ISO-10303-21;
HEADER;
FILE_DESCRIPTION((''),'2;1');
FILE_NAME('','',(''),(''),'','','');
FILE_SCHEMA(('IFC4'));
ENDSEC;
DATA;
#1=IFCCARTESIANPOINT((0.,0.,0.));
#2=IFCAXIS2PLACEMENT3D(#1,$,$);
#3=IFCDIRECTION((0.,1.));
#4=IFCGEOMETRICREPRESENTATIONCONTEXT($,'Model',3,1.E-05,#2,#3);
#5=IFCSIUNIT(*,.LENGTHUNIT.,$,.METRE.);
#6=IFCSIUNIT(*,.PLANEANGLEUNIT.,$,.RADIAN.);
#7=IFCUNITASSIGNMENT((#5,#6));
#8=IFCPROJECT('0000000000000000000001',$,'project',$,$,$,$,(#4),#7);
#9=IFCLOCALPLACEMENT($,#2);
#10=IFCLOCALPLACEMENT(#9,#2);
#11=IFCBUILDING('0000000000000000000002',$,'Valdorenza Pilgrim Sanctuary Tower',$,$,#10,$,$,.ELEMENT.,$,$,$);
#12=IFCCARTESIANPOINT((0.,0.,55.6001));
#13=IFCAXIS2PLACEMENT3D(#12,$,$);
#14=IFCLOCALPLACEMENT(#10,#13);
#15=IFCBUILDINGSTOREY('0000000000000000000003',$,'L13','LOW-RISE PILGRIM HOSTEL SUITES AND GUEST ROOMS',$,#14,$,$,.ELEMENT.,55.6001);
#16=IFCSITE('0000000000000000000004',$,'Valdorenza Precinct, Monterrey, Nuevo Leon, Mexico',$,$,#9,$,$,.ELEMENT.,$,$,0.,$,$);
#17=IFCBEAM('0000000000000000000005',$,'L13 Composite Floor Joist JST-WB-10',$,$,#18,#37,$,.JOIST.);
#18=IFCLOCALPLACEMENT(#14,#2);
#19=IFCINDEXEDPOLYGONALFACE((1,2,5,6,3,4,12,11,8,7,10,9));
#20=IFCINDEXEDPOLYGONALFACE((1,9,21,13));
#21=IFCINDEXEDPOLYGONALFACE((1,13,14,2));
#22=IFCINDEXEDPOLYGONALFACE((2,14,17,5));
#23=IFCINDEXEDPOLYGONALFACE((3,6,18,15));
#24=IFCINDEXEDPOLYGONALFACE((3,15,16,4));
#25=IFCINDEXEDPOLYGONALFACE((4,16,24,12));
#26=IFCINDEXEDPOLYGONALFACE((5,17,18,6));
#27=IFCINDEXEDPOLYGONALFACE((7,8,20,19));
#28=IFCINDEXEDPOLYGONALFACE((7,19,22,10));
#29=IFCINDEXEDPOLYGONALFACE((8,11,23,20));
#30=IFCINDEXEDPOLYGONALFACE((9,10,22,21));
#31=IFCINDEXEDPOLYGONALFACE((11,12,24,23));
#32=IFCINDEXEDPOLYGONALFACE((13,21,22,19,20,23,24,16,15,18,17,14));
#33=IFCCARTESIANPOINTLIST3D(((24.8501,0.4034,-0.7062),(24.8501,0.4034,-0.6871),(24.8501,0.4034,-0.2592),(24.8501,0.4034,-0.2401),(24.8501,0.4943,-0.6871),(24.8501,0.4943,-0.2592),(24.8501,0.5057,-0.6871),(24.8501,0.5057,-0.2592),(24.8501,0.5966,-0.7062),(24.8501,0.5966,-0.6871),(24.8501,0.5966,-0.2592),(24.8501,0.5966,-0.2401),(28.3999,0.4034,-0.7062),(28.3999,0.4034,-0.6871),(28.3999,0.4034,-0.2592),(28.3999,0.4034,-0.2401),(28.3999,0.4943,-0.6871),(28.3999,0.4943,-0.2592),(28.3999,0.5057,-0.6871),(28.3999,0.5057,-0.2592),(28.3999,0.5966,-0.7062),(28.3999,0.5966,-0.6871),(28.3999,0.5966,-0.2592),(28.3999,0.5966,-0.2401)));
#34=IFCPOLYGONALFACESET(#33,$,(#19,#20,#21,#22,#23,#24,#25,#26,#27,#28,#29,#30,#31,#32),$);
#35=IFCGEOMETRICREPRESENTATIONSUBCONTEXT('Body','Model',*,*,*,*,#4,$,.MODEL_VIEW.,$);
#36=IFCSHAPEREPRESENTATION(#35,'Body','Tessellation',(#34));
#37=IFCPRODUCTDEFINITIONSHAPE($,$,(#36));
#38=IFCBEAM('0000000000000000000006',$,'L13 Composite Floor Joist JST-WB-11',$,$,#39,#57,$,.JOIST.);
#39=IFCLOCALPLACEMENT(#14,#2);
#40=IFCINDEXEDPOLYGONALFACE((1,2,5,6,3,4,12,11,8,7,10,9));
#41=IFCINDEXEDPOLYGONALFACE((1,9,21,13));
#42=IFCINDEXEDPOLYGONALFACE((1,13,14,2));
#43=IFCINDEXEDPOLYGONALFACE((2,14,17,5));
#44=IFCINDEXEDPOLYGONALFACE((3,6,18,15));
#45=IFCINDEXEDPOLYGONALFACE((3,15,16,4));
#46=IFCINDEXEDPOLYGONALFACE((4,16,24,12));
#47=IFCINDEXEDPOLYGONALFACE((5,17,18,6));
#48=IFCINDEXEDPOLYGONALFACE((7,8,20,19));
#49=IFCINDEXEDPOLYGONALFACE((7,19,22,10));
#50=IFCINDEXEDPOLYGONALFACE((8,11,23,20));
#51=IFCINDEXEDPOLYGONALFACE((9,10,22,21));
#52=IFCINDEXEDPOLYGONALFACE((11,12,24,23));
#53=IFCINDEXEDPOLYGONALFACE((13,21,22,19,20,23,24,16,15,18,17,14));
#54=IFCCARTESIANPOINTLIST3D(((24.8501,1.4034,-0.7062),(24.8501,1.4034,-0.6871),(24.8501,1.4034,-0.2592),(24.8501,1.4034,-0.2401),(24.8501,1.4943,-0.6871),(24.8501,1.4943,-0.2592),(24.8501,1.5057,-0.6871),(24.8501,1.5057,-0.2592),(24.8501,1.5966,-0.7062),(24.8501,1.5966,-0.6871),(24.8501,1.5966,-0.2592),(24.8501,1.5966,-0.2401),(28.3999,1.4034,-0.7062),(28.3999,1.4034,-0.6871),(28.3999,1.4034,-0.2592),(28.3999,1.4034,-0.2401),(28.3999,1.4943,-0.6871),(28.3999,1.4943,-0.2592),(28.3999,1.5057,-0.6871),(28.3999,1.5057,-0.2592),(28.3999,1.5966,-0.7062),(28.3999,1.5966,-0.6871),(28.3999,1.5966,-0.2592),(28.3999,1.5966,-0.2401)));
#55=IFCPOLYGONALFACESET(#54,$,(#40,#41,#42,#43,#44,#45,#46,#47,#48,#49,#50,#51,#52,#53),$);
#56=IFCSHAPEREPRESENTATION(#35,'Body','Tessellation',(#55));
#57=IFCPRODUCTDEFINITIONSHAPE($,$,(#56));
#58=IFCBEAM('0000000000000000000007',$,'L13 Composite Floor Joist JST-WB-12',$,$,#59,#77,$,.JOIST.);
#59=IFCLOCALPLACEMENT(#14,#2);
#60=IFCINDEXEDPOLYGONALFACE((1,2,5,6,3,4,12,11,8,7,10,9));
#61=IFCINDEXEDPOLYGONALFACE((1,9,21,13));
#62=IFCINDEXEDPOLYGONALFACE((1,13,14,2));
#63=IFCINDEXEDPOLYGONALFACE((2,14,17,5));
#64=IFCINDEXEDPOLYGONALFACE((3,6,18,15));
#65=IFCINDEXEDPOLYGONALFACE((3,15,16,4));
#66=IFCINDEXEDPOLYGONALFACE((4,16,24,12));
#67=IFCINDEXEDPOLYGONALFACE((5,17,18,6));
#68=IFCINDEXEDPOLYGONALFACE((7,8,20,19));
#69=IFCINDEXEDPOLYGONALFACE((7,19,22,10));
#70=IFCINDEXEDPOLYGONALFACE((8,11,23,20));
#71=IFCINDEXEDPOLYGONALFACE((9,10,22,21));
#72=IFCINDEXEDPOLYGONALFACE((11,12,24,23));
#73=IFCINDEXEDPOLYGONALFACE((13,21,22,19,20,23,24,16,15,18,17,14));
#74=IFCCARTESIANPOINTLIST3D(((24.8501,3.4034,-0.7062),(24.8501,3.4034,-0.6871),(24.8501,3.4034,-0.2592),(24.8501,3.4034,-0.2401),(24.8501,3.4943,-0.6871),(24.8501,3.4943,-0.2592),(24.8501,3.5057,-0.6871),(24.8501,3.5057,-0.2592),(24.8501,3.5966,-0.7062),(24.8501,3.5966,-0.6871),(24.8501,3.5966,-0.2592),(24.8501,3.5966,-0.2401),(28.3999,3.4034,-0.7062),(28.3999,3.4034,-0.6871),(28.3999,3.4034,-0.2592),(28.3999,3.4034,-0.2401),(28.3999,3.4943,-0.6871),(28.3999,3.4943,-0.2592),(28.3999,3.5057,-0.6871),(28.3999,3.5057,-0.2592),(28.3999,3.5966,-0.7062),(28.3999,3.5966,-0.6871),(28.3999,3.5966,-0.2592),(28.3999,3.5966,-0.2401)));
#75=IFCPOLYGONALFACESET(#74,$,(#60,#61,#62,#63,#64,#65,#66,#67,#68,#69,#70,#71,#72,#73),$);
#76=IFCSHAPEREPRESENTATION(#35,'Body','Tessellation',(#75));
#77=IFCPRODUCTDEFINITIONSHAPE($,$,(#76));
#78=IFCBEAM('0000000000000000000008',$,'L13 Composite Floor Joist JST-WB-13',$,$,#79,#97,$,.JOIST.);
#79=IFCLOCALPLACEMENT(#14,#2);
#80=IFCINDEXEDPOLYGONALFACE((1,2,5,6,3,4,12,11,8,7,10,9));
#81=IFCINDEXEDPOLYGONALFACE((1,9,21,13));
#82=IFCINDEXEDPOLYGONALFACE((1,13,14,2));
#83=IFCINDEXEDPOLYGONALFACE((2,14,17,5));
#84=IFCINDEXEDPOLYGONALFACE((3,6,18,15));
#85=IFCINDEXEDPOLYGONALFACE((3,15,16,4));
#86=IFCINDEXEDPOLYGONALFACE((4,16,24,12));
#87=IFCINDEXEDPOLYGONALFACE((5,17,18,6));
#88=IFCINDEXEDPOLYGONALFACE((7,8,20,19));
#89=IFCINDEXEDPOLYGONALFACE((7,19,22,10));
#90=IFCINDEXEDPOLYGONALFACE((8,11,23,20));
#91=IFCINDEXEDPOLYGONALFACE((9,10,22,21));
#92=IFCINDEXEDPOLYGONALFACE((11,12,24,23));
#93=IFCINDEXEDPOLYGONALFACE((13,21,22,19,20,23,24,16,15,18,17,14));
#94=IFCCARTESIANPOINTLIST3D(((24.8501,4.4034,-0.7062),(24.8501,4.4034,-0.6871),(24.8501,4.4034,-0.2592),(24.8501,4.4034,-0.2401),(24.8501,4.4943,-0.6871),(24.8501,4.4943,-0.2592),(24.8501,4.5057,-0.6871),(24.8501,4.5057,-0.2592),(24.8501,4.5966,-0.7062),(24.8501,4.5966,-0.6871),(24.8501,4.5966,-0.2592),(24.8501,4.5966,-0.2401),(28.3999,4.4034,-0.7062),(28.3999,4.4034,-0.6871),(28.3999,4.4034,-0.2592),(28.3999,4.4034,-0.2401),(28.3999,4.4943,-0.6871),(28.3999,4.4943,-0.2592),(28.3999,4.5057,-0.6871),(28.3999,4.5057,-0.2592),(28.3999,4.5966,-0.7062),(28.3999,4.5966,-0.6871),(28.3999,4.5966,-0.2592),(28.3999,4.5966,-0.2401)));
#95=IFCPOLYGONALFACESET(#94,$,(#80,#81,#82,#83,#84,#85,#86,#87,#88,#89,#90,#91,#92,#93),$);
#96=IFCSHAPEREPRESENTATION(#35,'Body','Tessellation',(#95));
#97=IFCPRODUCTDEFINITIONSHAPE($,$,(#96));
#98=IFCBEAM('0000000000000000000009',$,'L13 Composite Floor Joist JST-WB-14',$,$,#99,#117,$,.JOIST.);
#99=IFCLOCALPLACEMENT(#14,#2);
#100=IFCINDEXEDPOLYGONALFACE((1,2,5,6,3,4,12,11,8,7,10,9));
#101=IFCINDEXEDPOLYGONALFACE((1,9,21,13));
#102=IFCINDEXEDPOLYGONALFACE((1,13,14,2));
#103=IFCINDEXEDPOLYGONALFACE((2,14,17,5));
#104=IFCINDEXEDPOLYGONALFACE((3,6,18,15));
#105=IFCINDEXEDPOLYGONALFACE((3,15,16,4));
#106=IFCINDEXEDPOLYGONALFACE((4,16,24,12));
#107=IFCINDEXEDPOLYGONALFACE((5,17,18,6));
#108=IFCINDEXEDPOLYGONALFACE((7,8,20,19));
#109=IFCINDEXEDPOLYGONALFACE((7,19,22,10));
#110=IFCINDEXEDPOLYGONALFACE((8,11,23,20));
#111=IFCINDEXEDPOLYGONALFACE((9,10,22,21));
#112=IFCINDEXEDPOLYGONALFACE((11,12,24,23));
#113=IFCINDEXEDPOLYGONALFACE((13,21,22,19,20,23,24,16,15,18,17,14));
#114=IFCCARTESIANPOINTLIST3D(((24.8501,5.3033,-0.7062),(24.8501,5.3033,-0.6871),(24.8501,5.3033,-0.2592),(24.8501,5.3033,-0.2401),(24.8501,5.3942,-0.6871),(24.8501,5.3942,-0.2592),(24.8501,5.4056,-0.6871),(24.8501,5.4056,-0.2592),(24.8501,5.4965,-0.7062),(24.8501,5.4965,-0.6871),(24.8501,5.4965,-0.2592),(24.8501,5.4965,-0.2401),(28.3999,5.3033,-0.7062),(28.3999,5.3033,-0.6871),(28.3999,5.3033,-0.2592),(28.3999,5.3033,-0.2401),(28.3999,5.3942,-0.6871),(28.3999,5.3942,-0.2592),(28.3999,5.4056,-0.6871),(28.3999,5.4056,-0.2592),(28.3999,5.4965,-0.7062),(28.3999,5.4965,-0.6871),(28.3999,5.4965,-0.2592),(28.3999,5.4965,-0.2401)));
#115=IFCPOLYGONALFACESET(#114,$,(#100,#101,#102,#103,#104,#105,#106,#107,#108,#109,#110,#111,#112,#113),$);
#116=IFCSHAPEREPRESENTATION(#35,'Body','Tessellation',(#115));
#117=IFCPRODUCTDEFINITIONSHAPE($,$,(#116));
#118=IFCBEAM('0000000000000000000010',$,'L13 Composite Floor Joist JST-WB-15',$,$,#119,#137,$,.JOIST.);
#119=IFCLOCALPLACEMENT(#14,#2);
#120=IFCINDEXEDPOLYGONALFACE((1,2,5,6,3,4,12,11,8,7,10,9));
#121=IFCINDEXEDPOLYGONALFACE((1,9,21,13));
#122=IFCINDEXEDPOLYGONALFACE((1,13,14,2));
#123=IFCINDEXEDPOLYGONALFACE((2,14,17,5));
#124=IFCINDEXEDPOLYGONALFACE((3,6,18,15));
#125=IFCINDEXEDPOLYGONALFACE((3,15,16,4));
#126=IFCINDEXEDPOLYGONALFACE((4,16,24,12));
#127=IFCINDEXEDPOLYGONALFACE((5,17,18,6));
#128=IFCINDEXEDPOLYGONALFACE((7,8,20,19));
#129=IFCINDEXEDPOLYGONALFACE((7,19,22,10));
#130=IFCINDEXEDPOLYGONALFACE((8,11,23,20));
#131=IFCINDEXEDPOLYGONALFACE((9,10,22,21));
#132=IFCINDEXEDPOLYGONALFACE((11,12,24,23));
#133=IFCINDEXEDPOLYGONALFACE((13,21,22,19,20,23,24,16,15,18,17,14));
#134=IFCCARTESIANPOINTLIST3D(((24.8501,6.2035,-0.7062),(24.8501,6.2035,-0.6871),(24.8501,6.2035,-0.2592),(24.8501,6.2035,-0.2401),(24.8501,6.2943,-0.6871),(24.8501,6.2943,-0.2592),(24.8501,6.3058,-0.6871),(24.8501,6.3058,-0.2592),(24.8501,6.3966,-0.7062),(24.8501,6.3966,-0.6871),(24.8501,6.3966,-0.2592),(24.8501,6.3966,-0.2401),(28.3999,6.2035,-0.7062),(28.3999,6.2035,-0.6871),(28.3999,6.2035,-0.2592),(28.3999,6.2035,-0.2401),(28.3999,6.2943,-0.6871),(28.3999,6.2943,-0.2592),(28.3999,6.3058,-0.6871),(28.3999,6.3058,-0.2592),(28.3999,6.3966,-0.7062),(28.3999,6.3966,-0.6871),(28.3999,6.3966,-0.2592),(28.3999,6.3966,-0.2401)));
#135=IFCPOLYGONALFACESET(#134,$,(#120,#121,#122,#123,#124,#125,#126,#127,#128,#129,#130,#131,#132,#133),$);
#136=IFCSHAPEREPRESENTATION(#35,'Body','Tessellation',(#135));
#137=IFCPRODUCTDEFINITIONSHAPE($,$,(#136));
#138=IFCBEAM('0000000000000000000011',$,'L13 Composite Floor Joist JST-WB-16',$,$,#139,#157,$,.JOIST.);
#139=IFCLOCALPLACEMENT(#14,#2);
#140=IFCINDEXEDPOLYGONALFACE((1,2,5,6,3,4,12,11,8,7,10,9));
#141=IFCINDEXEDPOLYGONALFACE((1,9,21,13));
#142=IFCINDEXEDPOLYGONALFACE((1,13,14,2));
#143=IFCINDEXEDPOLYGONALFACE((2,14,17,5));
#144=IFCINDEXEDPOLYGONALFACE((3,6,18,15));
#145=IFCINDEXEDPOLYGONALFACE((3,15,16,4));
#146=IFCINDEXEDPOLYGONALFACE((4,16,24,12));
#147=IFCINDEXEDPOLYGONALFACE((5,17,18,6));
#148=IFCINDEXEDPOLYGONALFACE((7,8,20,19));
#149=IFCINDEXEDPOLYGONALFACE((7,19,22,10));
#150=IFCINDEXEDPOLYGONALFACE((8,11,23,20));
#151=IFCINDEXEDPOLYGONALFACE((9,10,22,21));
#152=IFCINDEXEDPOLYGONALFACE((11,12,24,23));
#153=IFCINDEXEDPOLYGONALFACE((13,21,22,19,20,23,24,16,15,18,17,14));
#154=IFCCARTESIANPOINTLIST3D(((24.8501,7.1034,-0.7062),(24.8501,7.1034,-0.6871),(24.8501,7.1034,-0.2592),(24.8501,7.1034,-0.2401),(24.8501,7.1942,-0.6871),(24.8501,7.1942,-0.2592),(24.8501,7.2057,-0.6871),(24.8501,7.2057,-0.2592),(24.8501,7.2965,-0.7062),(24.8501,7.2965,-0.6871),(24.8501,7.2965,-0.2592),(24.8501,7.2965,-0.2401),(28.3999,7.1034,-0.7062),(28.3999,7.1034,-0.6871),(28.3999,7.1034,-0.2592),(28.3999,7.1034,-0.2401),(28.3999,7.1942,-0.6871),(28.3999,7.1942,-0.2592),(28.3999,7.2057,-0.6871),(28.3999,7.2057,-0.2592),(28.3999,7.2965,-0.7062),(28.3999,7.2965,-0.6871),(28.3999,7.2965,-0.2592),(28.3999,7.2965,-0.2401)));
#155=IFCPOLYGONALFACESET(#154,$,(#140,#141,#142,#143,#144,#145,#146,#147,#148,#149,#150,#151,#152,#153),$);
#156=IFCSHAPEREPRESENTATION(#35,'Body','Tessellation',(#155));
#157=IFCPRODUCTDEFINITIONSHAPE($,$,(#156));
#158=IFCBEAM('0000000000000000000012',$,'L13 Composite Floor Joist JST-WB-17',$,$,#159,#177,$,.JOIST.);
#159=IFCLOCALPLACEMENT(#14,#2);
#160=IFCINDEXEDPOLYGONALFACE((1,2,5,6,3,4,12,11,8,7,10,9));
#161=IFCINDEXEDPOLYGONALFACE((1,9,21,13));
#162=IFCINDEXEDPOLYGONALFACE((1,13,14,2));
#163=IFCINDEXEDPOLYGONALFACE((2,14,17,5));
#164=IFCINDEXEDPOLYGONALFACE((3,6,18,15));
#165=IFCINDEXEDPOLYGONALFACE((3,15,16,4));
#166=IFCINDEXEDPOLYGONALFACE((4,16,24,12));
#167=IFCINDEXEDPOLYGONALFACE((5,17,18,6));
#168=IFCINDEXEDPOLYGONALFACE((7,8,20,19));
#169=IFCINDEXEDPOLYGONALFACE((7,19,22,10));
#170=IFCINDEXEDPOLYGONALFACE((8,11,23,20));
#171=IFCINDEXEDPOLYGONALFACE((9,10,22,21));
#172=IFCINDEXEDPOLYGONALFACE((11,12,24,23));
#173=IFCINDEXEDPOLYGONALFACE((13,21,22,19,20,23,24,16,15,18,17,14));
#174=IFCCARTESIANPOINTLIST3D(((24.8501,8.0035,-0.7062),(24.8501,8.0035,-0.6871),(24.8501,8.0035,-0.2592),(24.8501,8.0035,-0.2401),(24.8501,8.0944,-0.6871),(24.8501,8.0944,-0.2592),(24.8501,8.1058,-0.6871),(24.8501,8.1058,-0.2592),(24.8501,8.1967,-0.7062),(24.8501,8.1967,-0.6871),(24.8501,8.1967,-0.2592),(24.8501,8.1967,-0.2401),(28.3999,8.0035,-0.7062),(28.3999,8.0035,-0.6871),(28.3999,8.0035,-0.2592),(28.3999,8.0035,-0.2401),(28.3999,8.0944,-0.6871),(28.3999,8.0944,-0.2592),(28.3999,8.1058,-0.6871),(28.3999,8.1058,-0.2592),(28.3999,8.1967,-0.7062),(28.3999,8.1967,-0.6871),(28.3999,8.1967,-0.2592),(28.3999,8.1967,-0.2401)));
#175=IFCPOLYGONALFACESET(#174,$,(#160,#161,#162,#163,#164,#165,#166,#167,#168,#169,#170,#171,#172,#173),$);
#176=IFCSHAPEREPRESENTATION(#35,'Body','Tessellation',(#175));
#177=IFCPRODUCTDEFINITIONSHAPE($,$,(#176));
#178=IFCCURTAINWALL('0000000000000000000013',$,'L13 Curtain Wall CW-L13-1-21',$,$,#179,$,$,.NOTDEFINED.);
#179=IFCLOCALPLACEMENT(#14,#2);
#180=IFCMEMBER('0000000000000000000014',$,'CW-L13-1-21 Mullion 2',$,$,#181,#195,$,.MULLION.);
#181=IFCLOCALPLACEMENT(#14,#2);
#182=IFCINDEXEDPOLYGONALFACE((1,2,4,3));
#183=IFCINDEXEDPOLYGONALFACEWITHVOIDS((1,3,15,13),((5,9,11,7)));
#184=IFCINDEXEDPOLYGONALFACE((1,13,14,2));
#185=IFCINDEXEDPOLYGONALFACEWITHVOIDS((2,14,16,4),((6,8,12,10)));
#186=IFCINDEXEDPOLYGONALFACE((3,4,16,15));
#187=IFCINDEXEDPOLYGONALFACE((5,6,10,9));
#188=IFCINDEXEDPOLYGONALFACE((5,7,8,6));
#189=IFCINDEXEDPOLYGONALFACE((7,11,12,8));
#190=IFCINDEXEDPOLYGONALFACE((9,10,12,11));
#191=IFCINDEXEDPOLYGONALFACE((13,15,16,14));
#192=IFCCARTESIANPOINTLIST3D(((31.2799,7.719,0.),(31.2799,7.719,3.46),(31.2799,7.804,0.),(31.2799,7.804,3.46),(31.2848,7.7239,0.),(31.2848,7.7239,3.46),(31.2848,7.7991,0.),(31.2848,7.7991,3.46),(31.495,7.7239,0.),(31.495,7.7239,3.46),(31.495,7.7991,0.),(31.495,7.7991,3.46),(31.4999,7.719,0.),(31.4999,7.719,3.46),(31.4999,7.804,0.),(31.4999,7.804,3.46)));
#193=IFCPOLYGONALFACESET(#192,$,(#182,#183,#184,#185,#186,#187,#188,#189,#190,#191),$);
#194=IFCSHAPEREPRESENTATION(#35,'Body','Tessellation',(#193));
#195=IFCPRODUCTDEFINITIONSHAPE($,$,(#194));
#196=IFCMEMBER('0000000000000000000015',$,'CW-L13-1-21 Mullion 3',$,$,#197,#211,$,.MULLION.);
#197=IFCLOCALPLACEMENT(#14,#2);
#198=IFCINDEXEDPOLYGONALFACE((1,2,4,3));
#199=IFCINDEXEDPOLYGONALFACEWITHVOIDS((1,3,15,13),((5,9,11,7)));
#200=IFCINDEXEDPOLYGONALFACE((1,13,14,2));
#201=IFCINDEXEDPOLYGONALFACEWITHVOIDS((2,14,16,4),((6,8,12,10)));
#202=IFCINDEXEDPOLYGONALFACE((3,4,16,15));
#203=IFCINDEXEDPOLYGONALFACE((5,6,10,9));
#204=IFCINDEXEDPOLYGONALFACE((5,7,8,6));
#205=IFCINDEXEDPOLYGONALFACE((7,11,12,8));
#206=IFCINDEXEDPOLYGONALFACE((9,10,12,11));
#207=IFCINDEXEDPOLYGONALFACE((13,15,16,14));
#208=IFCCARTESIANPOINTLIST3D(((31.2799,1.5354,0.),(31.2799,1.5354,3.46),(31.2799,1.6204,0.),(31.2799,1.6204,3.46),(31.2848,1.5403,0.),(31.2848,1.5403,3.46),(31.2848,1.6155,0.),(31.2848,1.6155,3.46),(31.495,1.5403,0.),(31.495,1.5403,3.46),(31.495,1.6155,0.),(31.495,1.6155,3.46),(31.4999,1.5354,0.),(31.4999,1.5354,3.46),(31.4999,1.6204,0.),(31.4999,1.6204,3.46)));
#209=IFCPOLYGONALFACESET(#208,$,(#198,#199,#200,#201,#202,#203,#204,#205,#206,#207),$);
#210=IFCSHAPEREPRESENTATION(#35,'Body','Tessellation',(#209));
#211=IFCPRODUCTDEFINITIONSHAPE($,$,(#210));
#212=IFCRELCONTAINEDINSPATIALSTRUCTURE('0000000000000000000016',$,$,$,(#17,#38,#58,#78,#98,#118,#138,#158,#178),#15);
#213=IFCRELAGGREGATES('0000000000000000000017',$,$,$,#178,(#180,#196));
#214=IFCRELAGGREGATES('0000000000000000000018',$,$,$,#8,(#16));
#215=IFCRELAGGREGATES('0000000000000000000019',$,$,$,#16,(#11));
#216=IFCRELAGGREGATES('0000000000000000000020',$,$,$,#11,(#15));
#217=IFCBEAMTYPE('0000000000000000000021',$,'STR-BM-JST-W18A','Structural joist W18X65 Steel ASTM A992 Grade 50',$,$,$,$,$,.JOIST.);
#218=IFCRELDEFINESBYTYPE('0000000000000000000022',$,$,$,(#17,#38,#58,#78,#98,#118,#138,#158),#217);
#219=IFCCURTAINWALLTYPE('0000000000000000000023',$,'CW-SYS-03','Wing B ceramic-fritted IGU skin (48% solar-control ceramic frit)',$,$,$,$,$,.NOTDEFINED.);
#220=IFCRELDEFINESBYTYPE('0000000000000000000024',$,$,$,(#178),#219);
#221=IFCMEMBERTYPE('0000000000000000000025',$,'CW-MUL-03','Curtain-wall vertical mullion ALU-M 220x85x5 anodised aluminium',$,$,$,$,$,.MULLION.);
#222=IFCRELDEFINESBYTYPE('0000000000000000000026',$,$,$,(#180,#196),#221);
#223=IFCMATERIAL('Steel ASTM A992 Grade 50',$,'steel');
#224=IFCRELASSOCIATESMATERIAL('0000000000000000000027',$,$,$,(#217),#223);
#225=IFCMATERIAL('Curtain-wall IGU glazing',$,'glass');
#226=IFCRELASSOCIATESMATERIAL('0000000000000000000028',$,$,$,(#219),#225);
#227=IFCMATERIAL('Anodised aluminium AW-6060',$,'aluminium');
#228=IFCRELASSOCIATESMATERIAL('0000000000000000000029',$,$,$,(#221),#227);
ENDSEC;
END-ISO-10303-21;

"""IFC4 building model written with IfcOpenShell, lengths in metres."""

from ifc_helpers import new_model, si_unit, direction, frame, origin, origin_2d, place, context, subcontext, project, spatial, hollow_rectangle, i_section, extrude, source, transform, mapped, material, material_profile, profile_set, type_object, element, aggregate, save


model = new_model("IFC4")

# Units and contexts
model_context = context("Model", 3, precision=1e-05, world=origin(), true_north=direction((0.0, 1.0)))
body_context = subcontext(model_context, "Body", "Model", "MODEL_VIEW")
ifc_project = project(units=[si_unit("LENGTHUNIT", "METRE"), si_unit("PLANEANGLEUNIT", "RADIAN")], contexts=[model_context])

# Site, building, storey
site_placement = place(None, origin())
site = spatial("IfcSite", under=ifc_project, at=site_placement, Name="Valdorenza Precinct, Monterrey, Nuevo Leon, Mexico", CompositionType="ELEMENT", RefElevation=0.0)
building_placement = place(site_placement, origin())
building = spatial("IfcBuilding", under=site, at=building_placement, Name="Valdorenza Pilgrim Sanctuary Tower", CompositionType="ELEMENT")
storey_placement = place(building_placement, frame((0.0, 0.0, 55.6001)))
storey = spatial("IfcBuildingStorey", under=building, at=storey_placement, Name="L13", Description="LOW-RISE PILGRIM HOSTEL SUITES AND GUEST ROOMS", CompositionType="ELEMENT", Elevation=55.6001)

# Beams
ifc_material_1 = material(Name="Steel ASTM A992 Grade 50", Category="steel")
ifc_material_profile_1 = material_profile(ifc_material_1, i_section(OverallWidth=0.1931, OverallDepth=0.4661, WebThickness=0.0115, FlangeThickness=0.019, at=origin_2d()), Name="W18X65")
ifc_profile_set_1 = profile_set([ifc_material_profile_1], Name="Steel ASTM A992 Grade 50")
beam_type = type_object("IfcBeamType", Name="STR-BM-JST-W18A", Description="Structural joist W18X65 Steel ASTM A992 Grade 50", PredefinedType="JOIST", material=ifc_profile_set_1)
shared_shape_1 = source(origin(), body_context, "Body", "SweptSolid", [
    extrude(i_section(OverallWidth=0.1931, OverallDepth=0.4661, WebThickness=0.0115, FlangeThickness=0.019, at=origin_2d()), origin(), (0.0, 0.0, 1.0), 3.5498),
])
for number, where, z_axis, x_axis, name in (
    (1, (24.8501, 0.5, -0.4731), (1.0, 0.0, 0.0), (0.0, 1.0, 0.0), "L13 Composite Floor Joist JST-WB-10"),
    (2, (24.8501, 1.5, -0.4731), (1.0, 0.0, 0.0), (0.0, 1.0, 0.0), "L13 Composite Floor Joist JST-WB-11"),
    (3, (24.8501, 3.5, -0.4731), (1.0, 0.0, 0.0), (0.0, 1.0, 0.0), "L13 Composite Floor Joist JST-WB-12"),
    (4, (24.8501, 4.5, -0.4731), (1.0, 0.0, 0.0), (0.0, 1.0, 0.0), "L13 Composite Floor Joist JST-WB-13"),
    (5, (24.8501, 5.3999, -0.4731), (1.0, 0.0, 0.0), (0.0, 1.0, 0.0), "L13 Composite Floor Joist JST-WB-14"),
    (6, (24.8501, 6.3, -0.4731), (1.0, 0.0, 0.0), (0.0, 1.0, 0.0), "L13 Composite Floor Joist JST-WB-15"),
    (7, (24.8501, 7.2, -0.4731), (1.0, 0.0, 0.0), (0.0, 1.0, 0.0), "L13 Composite Floor Joist JST-WB-16"),
    (8, (24.8501, 8.1001, -0.4731), (1.0, 0.0, 0.0), (0.0, 1.0, 0.0), "L13 Composite Floor Joist JST-WB-17"),
):
    element("IfcBeam", number, at=place(storey_placement, frame(where, z_axis=z_axis, x_axis=x_axis)), inside=storey, type_object=beam_type, Name=name, PredefinedType="JOIST", context=body_context, shape_type="MappedRepresentation", body=[
        mapped(shared_shape_1, transform((0.0, 0.0, 0.0), x_axis=(1.0, 0.0, 0.0), y_axis=(0.0, 1.0, 0.0), z_axis=(0.0, 0.0, 1.0), scale=1.0)),
    ])

# Curtain wall, members
ifc_material_2 = material(Name="Curtain-wall IGU glazing", Category="glass")
curtain_wall_type = type_object("IfcCurtainWallType", Name="CW-SYS-03", Description="Wing B ceramic-fritted IGU skin (48% solar-control ceramic frit)", PredefinedType="NOTDEFINED", material=ifc_material_2)
curtain_wall_placement = place(storey_placement, origin())
curtain_wall = element("IfcCurtainWall", 9, at=curtain_wall_placement, inside=storey, type_object=curtain_wall_type, Name="L13 Curtain Wall CW-L13-1-21", PredefinedType="NOTDEFINED")
ifc_material_3 = material(Name="Anodised aluminium AW-6060", Category="aluminium")
ifc_material_profile_2 = material_profile(ifc_material_3, hollow_rectangle(XDim=0.085, YDim=0.22, WallThickness=0.0049, at=origin_2d()), Name="ALU-M 220x85x5")
ifc_profile_set_2 = profile_set([ifc_material_profile_2], Name="Anodised aluminium AW-6060")
member_type = type_object("IfcMemberType", Name="CW-MUL-03", Description="Curtain-wall vertical mullion ALU-M 220x85x5 anodised aluminium", PredefinedType="MULLION", material=ifc_profile_set_2)
shared_shape_2 = source(origin(), body_context, "Body", "SweptSolid", [
    extrude(hollow_rectangle(XDim=0.085, YDim=0.22, WallThickness=0.0049, at=origin_2d()), origin(), (0.0, 0.0, 1.0), 3.46),
])
member_1_placement = place(storey_placement, frame((31.3899, 7.7615, 0.0), z_axis=(0.0, 0.0, 1.0), x_axis=(0.0, -1.0, 0.0)))
member_1 = element("IfcMember", 10, at=member_1_placement, type_object=member_type, Name="CW-L13-1-21 Mullion 2", PredefinedType="MULLION", context=body_context, shape_type="MappedRepresentation", body=[
    mapped(shared_shape_2, transform((0.0, 0.0, 0.0), x_axis=(1.0, 0.0, 0.0), y_axis=(0.0, 1.0, 0.0), z_axis=(0.0, 0.0, 1.0), scale=1.0)),
])
member_2_placement = place(storey_placement, frame((31.3899, 1.5779, 0.0), z_axis=(0.0, 0.0, 1.0), x_axis=(0.0, -1.0, 0.0)))
member_2 = element("IfcMember", 11, at=member_2_placement, type_object=member_type, Name="CW-L13-1-21 Mullion 3", PredefinedType="MULLION", context=body_context, shape_type="MappedRepresentation", body=[
    mapped(shared_shape_2, transform((0.0, 0.0, 0.0), x_axis=(1.0, 0.0, 0.0), y_axis=(0.0, 1.0, 0.0), z_axis=(0.0, 0.0, 1.0), scale=1.0)),
])
aggregate(curtain_wall, [member_1, member_2])

save(model, "model.ifc")
